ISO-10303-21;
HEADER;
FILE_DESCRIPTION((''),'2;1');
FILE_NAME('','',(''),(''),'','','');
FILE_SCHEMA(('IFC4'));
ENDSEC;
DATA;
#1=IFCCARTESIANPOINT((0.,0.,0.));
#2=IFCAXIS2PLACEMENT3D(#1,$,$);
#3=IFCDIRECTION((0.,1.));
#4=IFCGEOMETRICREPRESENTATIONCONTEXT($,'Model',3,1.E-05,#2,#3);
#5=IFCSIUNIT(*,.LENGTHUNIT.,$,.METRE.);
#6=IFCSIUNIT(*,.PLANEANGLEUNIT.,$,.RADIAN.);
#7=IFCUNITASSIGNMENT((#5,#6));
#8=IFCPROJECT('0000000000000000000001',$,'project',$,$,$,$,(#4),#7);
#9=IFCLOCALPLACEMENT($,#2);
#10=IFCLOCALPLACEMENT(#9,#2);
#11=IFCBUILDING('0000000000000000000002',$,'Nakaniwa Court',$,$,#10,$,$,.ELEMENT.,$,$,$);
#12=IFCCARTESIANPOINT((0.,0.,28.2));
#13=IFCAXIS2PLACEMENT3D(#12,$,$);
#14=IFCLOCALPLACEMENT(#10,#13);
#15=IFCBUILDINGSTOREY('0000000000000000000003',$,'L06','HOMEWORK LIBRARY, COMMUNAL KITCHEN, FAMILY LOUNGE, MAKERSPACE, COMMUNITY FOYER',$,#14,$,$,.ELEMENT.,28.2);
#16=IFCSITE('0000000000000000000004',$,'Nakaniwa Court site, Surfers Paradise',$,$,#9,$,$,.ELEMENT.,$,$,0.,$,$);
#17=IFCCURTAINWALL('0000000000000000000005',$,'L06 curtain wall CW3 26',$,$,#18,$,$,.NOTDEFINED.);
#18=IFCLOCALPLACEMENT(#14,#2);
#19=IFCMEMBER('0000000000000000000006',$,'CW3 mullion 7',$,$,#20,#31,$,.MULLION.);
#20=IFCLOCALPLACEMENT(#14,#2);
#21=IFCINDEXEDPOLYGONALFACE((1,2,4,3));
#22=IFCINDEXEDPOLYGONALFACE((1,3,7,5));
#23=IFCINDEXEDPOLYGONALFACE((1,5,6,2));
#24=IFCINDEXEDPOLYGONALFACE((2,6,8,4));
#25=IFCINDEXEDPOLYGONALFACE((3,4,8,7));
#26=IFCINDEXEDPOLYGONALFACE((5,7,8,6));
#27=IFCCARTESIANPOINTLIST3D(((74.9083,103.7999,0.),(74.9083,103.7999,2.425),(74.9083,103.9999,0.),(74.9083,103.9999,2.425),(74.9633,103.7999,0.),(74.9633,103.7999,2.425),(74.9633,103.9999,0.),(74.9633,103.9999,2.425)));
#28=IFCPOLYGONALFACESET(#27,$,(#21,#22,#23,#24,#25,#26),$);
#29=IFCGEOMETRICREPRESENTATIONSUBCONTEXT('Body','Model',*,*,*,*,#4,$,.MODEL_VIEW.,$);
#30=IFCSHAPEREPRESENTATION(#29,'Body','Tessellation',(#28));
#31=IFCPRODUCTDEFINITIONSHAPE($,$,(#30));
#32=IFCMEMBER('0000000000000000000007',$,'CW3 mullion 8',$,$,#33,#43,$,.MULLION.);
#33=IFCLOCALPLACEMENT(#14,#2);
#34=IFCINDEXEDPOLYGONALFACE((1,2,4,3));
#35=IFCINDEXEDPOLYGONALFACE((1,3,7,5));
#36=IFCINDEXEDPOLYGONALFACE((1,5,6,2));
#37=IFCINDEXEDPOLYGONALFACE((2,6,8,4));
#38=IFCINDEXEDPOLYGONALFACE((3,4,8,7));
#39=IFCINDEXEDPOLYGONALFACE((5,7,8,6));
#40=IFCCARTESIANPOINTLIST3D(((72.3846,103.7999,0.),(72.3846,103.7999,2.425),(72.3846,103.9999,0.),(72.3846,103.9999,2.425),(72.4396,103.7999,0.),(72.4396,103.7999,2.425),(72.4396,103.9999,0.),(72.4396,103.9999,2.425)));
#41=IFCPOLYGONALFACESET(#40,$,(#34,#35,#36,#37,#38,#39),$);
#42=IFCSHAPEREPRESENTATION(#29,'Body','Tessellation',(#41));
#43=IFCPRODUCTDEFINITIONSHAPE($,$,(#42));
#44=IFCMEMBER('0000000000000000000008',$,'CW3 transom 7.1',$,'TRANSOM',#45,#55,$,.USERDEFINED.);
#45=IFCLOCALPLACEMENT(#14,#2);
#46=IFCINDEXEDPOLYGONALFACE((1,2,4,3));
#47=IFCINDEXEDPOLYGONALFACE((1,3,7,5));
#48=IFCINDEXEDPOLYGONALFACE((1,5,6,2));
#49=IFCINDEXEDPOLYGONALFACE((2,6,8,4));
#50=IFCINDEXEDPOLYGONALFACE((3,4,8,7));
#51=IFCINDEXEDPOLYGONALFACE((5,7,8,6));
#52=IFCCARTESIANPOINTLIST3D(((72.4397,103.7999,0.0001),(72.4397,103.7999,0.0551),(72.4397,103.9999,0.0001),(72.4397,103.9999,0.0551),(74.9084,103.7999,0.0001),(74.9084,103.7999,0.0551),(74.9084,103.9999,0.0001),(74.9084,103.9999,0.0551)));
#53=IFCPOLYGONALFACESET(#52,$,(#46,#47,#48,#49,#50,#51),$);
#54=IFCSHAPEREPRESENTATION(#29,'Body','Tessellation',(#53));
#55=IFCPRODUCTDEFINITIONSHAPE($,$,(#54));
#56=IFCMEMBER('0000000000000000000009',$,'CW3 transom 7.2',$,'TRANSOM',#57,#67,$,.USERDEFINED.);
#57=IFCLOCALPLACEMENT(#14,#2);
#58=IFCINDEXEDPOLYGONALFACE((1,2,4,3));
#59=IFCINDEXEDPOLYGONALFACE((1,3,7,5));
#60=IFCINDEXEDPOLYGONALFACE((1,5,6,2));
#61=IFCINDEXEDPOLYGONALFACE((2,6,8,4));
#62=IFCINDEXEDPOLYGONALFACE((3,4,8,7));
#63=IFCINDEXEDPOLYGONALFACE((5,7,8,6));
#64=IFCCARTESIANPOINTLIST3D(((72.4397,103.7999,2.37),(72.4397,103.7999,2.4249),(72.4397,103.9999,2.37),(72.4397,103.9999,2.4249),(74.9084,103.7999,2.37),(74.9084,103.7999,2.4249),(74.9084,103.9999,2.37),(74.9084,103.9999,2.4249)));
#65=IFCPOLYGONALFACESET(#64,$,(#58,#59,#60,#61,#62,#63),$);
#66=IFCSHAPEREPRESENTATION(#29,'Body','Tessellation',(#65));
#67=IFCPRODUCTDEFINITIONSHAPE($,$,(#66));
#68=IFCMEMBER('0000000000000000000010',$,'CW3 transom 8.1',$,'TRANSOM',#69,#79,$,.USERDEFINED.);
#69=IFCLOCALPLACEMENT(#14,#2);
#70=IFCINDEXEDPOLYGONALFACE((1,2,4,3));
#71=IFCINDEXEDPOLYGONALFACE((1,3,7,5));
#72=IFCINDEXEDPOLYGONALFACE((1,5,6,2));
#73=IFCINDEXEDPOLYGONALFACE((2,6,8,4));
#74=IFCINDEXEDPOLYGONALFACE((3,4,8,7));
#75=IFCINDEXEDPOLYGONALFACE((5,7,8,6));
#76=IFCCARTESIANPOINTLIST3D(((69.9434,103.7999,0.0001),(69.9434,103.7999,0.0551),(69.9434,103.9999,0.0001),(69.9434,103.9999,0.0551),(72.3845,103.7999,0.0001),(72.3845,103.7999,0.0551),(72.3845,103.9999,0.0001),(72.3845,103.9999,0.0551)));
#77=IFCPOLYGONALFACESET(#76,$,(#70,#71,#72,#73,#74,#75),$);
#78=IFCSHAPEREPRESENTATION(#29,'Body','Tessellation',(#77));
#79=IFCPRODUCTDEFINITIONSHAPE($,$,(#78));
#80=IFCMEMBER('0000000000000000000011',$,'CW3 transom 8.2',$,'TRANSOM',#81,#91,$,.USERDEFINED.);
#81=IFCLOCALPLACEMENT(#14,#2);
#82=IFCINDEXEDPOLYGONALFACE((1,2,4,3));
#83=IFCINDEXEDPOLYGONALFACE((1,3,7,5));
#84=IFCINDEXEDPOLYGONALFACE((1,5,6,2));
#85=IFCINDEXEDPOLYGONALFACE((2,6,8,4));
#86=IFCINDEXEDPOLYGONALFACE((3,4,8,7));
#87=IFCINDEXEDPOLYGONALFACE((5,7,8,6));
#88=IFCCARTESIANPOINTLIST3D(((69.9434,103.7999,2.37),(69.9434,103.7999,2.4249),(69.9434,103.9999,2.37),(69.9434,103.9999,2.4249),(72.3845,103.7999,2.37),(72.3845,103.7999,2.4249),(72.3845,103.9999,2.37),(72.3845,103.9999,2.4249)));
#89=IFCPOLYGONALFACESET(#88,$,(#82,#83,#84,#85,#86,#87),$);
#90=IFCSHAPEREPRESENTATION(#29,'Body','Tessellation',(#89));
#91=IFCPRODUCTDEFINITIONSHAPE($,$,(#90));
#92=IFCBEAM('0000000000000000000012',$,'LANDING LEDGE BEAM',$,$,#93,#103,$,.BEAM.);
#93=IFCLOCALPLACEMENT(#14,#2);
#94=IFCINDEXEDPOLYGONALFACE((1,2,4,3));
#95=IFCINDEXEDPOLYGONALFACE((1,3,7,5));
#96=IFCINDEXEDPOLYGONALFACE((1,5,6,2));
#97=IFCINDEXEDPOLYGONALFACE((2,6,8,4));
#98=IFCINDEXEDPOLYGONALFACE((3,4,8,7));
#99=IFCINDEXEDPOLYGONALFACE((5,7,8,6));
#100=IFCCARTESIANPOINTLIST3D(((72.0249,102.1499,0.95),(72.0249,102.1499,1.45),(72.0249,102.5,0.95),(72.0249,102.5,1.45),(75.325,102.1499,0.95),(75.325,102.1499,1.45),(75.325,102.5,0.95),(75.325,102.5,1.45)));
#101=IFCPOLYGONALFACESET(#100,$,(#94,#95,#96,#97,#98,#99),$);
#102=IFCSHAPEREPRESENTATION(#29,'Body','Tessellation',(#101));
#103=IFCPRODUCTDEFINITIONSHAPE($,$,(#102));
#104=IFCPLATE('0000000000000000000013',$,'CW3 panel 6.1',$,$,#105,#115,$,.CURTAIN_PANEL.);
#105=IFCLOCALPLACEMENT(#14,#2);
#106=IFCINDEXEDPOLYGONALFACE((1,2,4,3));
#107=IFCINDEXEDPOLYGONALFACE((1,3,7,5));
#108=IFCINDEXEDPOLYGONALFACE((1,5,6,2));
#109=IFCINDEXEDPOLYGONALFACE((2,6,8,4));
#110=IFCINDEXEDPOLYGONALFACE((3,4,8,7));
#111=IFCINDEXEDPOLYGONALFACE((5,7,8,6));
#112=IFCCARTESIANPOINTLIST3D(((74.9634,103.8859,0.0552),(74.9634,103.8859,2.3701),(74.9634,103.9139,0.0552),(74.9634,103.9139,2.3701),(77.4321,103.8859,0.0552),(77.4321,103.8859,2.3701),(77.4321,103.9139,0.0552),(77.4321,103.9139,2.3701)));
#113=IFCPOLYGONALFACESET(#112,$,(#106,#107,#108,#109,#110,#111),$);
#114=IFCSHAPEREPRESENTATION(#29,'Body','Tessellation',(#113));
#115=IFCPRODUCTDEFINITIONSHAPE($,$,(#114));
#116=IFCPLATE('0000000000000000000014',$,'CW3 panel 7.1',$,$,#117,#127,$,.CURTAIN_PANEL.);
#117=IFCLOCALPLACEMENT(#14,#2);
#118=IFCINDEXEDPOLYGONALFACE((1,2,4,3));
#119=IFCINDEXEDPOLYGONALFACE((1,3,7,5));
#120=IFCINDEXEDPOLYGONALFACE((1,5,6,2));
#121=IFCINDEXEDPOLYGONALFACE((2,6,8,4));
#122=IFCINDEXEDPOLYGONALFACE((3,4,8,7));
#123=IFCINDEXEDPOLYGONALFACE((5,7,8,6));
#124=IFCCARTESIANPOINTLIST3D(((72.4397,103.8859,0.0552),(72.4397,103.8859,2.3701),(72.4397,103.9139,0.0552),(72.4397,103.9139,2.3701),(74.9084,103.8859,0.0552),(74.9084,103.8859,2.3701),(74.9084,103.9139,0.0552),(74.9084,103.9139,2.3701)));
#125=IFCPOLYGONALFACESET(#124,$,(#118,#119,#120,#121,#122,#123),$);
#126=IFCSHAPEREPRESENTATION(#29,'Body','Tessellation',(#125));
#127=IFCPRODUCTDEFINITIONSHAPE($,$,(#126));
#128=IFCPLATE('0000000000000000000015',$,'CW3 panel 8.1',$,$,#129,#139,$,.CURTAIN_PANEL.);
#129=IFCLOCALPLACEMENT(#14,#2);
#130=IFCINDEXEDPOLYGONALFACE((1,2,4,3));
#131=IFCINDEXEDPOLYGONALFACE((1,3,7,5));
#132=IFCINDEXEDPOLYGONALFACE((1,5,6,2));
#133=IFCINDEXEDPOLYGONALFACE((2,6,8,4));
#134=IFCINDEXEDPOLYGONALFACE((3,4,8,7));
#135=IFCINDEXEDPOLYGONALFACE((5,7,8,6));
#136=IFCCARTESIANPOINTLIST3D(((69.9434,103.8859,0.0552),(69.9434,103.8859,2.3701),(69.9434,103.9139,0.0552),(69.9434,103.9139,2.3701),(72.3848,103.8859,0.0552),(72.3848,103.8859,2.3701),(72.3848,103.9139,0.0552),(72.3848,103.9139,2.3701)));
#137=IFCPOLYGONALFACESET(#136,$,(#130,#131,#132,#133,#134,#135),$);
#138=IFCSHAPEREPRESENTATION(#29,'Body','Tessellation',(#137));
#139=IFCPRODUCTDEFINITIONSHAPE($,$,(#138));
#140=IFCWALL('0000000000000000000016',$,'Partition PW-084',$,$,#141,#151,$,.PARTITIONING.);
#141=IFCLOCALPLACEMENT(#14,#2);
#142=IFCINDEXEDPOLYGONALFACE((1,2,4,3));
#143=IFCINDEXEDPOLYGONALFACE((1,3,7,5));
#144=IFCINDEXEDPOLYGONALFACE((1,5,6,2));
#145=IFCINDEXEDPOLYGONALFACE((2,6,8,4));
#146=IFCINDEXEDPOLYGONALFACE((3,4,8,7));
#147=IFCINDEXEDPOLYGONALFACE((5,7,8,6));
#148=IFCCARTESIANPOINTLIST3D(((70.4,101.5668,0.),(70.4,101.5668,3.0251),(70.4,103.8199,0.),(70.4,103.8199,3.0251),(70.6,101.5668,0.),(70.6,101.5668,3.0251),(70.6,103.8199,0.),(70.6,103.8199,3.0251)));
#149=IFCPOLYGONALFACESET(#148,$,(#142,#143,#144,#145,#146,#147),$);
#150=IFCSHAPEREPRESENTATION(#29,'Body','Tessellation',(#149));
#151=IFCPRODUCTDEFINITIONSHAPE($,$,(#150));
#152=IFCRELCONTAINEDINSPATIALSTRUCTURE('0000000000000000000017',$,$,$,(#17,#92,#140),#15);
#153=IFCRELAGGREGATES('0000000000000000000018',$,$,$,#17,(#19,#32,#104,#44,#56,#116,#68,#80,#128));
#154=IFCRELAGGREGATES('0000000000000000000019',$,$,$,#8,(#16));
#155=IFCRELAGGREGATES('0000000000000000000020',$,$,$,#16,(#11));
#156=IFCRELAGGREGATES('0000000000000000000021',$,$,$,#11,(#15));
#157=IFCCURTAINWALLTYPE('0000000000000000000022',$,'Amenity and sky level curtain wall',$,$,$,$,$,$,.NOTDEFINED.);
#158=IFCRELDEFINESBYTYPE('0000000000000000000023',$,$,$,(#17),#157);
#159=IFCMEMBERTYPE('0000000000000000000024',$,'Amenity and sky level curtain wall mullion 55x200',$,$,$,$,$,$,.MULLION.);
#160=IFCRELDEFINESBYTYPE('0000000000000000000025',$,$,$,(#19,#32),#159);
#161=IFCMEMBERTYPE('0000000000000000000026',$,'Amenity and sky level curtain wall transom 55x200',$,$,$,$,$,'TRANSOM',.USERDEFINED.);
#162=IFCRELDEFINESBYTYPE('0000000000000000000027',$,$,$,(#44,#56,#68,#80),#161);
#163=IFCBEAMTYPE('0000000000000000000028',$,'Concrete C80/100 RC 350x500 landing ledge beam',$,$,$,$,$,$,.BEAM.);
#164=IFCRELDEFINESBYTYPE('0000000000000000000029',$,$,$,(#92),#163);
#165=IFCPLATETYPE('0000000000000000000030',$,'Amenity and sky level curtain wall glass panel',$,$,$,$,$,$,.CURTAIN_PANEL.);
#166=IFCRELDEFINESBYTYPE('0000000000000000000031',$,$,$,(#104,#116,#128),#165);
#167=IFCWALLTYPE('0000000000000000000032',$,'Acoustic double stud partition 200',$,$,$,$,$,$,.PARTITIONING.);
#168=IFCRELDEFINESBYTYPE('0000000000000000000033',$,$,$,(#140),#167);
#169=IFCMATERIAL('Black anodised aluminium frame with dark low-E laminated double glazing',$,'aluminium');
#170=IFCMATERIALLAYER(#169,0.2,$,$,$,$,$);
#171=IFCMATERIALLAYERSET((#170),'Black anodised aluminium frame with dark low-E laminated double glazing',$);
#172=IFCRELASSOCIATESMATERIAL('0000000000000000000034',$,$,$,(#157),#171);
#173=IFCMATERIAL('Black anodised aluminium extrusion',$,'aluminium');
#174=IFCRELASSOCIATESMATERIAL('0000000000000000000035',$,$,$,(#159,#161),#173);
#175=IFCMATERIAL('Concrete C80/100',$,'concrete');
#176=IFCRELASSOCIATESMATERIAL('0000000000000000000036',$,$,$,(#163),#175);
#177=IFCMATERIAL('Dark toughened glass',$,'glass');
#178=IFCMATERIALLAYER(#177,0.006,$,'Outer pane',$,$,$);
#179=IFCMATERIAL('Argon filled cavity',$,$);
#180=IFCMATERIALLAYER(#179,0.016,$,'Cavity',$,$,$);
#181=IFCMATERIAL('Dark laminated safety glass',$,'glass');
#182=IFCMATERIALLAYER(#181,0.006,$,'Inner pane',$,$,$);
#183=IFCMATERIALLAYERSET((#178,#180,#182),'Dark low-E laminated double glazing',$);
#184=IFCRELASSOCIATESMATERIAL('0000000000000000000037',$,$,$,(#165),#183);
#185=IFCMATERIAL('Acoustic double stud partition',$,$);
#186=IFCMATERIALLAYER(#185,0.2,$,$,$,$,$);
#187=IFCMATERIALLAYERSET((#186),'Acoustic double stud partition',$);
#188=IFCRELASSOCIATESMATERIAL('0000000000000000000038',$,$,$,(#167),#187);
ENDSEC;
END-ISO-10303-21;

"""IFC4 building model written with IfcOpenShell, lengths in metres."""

from ifc_helpers import new_model, si_unit, direction, frame, frame_2d, origin, origin_2d, place, context, subcontext, project, spatial, rectangle, extrude, material, layer, layer_set, material_profile, profile_set, type_object, element, aggregate, save


model = new_model("IFC4")

# Units and contexts
model_context = context("Model", 3, precision=1e-05, world=origin(), true_north=direction((0.0, 1.0)))
body_context = subcontext(model_context, "Body", "Model", "MODEL_VIEW")
ifc_project = project(units=[si_unit("LENGTHUNIT", "METRE"), si_unit("PLANEANGLEUNIT", "RADIAN")], contexts=[model_context])

# Site, building, storey
site_placement = place(None, origin())
site = spatial("IfcSite", under=ifc_project, at=site_placement, Name="Nakaniwa Court site, Surfers Paradise", CompositionType="ELEMENT", RefElevation=0.0)
building_placement = place(site_placement, origin())
building = spatial("IfcBuilding", under=site, at=building_placement, Name="Nakaniwa Court", CompositionType="ELEMENT")
storey_placement = place(building_placement, frame((0.0, 0.0, 28.2)))
storey = spatial("IfcBuildingStorey", under=building, at=storey_placement, Name="L06", Description="HOMEWORK LIBRARY, COMMUNAL KITCHEN, FAMILY LOUNGE, MAKERSPACE, COMMUNITY FOYER", CompositionType="ELEMENT", Elevation=28.2)

# Curtain wall, members
ifc_material_1 = material(Name="Black anodised aluminium frame with dark low-E laminated double glazing", Category="aluminium")
ifc_layer_1 = layer(ifc_material_1, 0.2)
ifc_layer_set_1 = layer_set([ifc_layer_1], Name="Black anodised aluminium frame with dark low-E laminated double glazing")
curtain_wall_type = type_object("IfcCurtainWallType", Name="Amenity and sky level curtain wall", PredefinedType="NOTDEFINED", material=ifc_layer_set_1)
curtain_wall_placement = place(storey_placement, origin())
curtain_wall = element("IfcCurtainWall", 1, at=curtain_wall_placement, inside=storey, type_object=curtain_wall_type, Name="L06 curtain wall CW3 26", PredefinedType="NOTDEFINED")
ifc_material_2 = material(Name="Black anodised aluminium extrusion", Category="aluminium")
ifc_material_profile_1 = material_profile(ifc_material_2, rectangle(XDim=0.2, YDim=0.0549, at=origin_2d()), Name="Amenity and sky level curtain wall mullion 55x200")
ifc_profile_set_1 = profile_set([ifc_material_profile_1], Name="Black anodised aluminium extrusion")
member_type_1 = type_object("IfcMemberType", Name="Amenity and sky level curtain wall mullion 55x200", PredefinedType="MULLION", material=ifc_profile_set_1)
member_1_placement = place(storey_placement, frame((74.9358, 103.8999, 0.0), z_axis=(0.0, 0.0, 1.0), x_axis=(0.0, -1.0, 0.0)))
member_1 = element("IfcMember", 2, at=member_1_placement, type_object=member_type_1, Name="CW3 mullion 7", PredefinedType="MULLION", context=body_context, shape_type="SweptSolid", body=[
    extrude(rectangle(XDim=0.2, YDim=0.0549, at=origin_2d()), origin(), (0.0, 0.0, 1.0), 2.425),
])
member_2_placement = place(storey_placement, frame((72.4121, 103.8999, 0.0), z_axis=(0.0, 0.0, 1.0), x_axis=(0.0, -1.0, 0.0)))
member_2 = element("IfcMember", 3, at=member_2_placement, type_object=member_type_1, Name="CW3 mullion 8", PredefinedType="MULLION", context=body_context, shape_type="SweptSolid", body=[
    extrude(rectangle(XDim=0.2, YDim=0.0549, at=origin_2d()), origin(), (0.0, 0.0, 1.0), 2.425),
])
ifc_material_profile_2 = material_profile(ifc_material_2, rectangle(XDim=0.2, YDim=0.0549, at=origin_2d()), Name="Amenity and sky level curtain wall transom 55x200")
ifc_profile_set_2 = profile_set([ifc_material_profile_2], Name="Black anodised aluminium extrusion")
member_type_2 = type_object("IfcMemberType", Name="Amenity and sky level curtain wall transom 55x200", ElementType="TRANSOM", PredefinedType="USERDEFINED", material=ifc_profile_set_2)
member_3_placement = place(storey_placement, frame((74.9084, 103.8999, 0.0276), z_axis=(-1.0, 0.0, 0.0), x_axis=(0.0, -1.0, 0.0)))
member_3 = element("IfcMember", 4, at=member_3_placement, type_object=member_type_2, Name="CW3 transom 7.1", ObjectType="TRANSOM", PredefinedType="USERDEFINED", context=body_context, shape_type="SweptSolid", body=[
    extrude(rectangle(XDim=0.2, YDim=0.0549, at=origin_2d()), origin(), (0.0, 0.0, 1.0), 2.4688),
])
member_4_placement = place(storey_placement, frame((74.9084, 103.8999, 2.3975), z_axis=(-1.0, 0.0, 0.0), x_axis=(0.0, -1.0, 0.0)))
member_4 = element("IfcMember", 5, at=member_4_placement, type_object=member_type_2, Name="CW3 transom 7.2", ObjectType="TRANSOM", PredefinedType="USERDEFINED", context=body_context, shape_type="SweptSolid", body=[
    extrude(rectangle(XDim=0.2, YDim=0.0549, at=origin_2d()), origin(), (0.0, 0.0, 1.0), 2.4688),
])
member_5_placement = place(storey_placement, frame((72.3845, 103.8999, 0.0276), z_axis=(-1.0, 0.0, 0.0), x_axis=(0.0, -1.0, 0.0)))
member_5 = element("IfcMember", 6, at=member_5_placement, type_object=member_type_2, Name="CW3 transom 8.1", ObjectType="TRANSOM", PredefinedType="USERDEFINED", context=body_context, shape_type="SweptSolid", body=[
    extrude(rectangle(XDim=0.2, YDim=0.0549, at=origin_2d()), origin(), (0.0, 0.0, 1.0), 2.4412),
])
member_6_placement = place(storey_placement, frame((72.3845, 103.8999, 2.3975), z_axis=(-1.0, 0.0, 0.0), x_axis=(0.0, -1.0, 0.0)))
member_6 = element("IfcMember", 7, at=member_6_placement, type_object=member_type_2, Name="CW3 transom 8.2", ObjectType="TRANSOM", PredefinedType="USERDEFINED", context=body_context, shape_type="SweptSolid", body=[
    extrude(rectangle(XDim=0.2, YDim=0.0549, at=origin_2d()), origin(), (0.0, 0.0, 1.0), 2.4412),
])

# Beam
ifc_material_3 = material(Name="Concrete C80/100", Category="concrete")
ifc_material_profile_3 = material_profile(ifc_material_3, rectangle(XDim=0.3501, YDim=0.5, at=origin_2d()), Name="Concrete C80/100 RC 350x500 landing ledge beam")
ifc_profile_set_3 = profile_set([ifc_material_profile_3], Name="Concrete C80/100")
beam_type = type_object("IfcBeamType", Name="Concrete C80/100 RC 350x500 landing ledge beam", PredefinedType="BEAM", material=ifc_profile_set_3)
beam_placement = place(storey_placement, frame((72.0249, 102.325, 1.2), z_axis=(1.0, 0.0, 0.0), x_axis=(0.0, 1.0, 0.0)))
element("IfcBeam", 8, at=beam_placement, inside=storey, type_object=beam_type, Name="LANDING LEDGE BEAM", PredefinedType="BEAM", context=body_context, shape_type="SweptSolid", body=[
    extrude(rectangle(XDim=0.3501, YDim=0.5, at=origin_2d()), origin(), (0.0, 0.0, 1.0), 3.3),
])

# Plates
ifc_material_4 = material(Name="Dark toughened glass", Category="glass")
ifc_layer_2 = layer(ifc_material_4, 0.006, Name="Outer pane")
ifc_material_5 = material(Name="Argon filled cavity")
ifc_layer_3 = layer(ifc_material_5, 0.016, Name="Cavity")
ifc_material_6 = material(Name="Dark laminated safety glass", Category="glass")
ifc_layer_4 = layer(ifc_material_6, 0.006, Name="Inner pane")
ifc_layer_set_2 = layer_set([ifc_layer_2, ifc_layer_3, ifc_layer_4], Name="Dark low-E laminated double glazing")
plate_type = type_object("IfcPlateType", Name="Amenity and sky level curtain wall glass panel", PredefinedType="CURTAIN_PANEL", material=ifc_layer_set_2)
plate_1_placement = place(storey_placement, frame((76.1978, 103.8999, 0.0552), z_axis=(0.0, 0.0, 1.0), x_axis=(-1.0, 0.0, 0.0)))
plate_1 = element("IfcPlate", 9, at=plate_1_placement, type_object=plate_type, Name="CW3 panel 6.1", PredefinedType="CURTAIN_PANEL", context=body_context, shape_type="SweptSolid", body=[
    extrude(rectangle(XDim=2.4688, YDim=0.0281, at=origin_2d()), origin(), (0.0, 0.0, 1.0), 2.3149),
])
plate_2_placement = place(storey_placement, frame((73.6741, 103.8999, 0.0552), z_axis=(0.0, 0.0, 1.0), x_axis=(-1.0, 0.0, 0.0)))
plate_2 = element("IfcPlate", 10, at=plate_2_placement, type_object=plate_type, Name="CW3 panel 7.1", PredefinedType="CURTAIN_PANEL", context=body_context, shape_type="SweptSolid", body=[
    extrude(rectangle(XDim=2.4688, YDim=0.0281, at=origin_2d()), origin(), (0.0, 0.0, 1.0), 2.3149),
])
plate_3_placement = place(storey_placement, frame((71.1641, 103.8999, 0.0552), z_axis=(0.0, 0.0, 1.0), x_axis=(-1.0, 0.0, 0.0)))
plate_3 = element("IfcPlate", 11, at=plate_3_placement, type_object=plate_type, Name="CW3 panel 8.1", PredefinedType="CURTAIN_PANEL", context=body_context, shape_type="SweptSolid", body=[
    extrude(rectangle(XDim=2.4414, YDim=0.0281, at=origin_2d()), origin(), (0.0, 0.0, 1.0), 2.3149),
])
aggregate(curtain_wall, [member_1, member_2, plate_1, member_3, member_4, plate_2, member_5, member_6, plate_3])

# Wall
ifc_material_7 = material(Name="Acoustic double stud partition")
ifc_layer_5 = layer(ifc_material_7, 0.2)
ifc_layer_set_3 = layer_set([ifc_layer_5], Name="Acoustic double stud partition")
wall_type_1 = type_object("IfcWallType", Name="Acoustic double stud partition 200", PredefinedType="PARTITIONING", material=ifc_layer_set_3)
wall_1_placement = place(storey_placement, frame((70.5, 101.5669, 0.0), z_axis=(0.0, 0.0, 1.0), x_axis=(0.0, 1.0, 0.0)))
element("IfcWall", 12, at=wall_1_placement, inside=storey, type_object=wall_type_1, Name="Partition PW-084", PredefinedType="PARTITIONING", context=body_context, shape_type="SweptSolid", body=[
    extrude(rectangle(XDim=2.2532, YDim=0.2, at=frame_2d((1.1265, 0.0))), origin(), (0.0, 0.0, 1.0), 3.0251),
])

save(model, "model.ifc")
